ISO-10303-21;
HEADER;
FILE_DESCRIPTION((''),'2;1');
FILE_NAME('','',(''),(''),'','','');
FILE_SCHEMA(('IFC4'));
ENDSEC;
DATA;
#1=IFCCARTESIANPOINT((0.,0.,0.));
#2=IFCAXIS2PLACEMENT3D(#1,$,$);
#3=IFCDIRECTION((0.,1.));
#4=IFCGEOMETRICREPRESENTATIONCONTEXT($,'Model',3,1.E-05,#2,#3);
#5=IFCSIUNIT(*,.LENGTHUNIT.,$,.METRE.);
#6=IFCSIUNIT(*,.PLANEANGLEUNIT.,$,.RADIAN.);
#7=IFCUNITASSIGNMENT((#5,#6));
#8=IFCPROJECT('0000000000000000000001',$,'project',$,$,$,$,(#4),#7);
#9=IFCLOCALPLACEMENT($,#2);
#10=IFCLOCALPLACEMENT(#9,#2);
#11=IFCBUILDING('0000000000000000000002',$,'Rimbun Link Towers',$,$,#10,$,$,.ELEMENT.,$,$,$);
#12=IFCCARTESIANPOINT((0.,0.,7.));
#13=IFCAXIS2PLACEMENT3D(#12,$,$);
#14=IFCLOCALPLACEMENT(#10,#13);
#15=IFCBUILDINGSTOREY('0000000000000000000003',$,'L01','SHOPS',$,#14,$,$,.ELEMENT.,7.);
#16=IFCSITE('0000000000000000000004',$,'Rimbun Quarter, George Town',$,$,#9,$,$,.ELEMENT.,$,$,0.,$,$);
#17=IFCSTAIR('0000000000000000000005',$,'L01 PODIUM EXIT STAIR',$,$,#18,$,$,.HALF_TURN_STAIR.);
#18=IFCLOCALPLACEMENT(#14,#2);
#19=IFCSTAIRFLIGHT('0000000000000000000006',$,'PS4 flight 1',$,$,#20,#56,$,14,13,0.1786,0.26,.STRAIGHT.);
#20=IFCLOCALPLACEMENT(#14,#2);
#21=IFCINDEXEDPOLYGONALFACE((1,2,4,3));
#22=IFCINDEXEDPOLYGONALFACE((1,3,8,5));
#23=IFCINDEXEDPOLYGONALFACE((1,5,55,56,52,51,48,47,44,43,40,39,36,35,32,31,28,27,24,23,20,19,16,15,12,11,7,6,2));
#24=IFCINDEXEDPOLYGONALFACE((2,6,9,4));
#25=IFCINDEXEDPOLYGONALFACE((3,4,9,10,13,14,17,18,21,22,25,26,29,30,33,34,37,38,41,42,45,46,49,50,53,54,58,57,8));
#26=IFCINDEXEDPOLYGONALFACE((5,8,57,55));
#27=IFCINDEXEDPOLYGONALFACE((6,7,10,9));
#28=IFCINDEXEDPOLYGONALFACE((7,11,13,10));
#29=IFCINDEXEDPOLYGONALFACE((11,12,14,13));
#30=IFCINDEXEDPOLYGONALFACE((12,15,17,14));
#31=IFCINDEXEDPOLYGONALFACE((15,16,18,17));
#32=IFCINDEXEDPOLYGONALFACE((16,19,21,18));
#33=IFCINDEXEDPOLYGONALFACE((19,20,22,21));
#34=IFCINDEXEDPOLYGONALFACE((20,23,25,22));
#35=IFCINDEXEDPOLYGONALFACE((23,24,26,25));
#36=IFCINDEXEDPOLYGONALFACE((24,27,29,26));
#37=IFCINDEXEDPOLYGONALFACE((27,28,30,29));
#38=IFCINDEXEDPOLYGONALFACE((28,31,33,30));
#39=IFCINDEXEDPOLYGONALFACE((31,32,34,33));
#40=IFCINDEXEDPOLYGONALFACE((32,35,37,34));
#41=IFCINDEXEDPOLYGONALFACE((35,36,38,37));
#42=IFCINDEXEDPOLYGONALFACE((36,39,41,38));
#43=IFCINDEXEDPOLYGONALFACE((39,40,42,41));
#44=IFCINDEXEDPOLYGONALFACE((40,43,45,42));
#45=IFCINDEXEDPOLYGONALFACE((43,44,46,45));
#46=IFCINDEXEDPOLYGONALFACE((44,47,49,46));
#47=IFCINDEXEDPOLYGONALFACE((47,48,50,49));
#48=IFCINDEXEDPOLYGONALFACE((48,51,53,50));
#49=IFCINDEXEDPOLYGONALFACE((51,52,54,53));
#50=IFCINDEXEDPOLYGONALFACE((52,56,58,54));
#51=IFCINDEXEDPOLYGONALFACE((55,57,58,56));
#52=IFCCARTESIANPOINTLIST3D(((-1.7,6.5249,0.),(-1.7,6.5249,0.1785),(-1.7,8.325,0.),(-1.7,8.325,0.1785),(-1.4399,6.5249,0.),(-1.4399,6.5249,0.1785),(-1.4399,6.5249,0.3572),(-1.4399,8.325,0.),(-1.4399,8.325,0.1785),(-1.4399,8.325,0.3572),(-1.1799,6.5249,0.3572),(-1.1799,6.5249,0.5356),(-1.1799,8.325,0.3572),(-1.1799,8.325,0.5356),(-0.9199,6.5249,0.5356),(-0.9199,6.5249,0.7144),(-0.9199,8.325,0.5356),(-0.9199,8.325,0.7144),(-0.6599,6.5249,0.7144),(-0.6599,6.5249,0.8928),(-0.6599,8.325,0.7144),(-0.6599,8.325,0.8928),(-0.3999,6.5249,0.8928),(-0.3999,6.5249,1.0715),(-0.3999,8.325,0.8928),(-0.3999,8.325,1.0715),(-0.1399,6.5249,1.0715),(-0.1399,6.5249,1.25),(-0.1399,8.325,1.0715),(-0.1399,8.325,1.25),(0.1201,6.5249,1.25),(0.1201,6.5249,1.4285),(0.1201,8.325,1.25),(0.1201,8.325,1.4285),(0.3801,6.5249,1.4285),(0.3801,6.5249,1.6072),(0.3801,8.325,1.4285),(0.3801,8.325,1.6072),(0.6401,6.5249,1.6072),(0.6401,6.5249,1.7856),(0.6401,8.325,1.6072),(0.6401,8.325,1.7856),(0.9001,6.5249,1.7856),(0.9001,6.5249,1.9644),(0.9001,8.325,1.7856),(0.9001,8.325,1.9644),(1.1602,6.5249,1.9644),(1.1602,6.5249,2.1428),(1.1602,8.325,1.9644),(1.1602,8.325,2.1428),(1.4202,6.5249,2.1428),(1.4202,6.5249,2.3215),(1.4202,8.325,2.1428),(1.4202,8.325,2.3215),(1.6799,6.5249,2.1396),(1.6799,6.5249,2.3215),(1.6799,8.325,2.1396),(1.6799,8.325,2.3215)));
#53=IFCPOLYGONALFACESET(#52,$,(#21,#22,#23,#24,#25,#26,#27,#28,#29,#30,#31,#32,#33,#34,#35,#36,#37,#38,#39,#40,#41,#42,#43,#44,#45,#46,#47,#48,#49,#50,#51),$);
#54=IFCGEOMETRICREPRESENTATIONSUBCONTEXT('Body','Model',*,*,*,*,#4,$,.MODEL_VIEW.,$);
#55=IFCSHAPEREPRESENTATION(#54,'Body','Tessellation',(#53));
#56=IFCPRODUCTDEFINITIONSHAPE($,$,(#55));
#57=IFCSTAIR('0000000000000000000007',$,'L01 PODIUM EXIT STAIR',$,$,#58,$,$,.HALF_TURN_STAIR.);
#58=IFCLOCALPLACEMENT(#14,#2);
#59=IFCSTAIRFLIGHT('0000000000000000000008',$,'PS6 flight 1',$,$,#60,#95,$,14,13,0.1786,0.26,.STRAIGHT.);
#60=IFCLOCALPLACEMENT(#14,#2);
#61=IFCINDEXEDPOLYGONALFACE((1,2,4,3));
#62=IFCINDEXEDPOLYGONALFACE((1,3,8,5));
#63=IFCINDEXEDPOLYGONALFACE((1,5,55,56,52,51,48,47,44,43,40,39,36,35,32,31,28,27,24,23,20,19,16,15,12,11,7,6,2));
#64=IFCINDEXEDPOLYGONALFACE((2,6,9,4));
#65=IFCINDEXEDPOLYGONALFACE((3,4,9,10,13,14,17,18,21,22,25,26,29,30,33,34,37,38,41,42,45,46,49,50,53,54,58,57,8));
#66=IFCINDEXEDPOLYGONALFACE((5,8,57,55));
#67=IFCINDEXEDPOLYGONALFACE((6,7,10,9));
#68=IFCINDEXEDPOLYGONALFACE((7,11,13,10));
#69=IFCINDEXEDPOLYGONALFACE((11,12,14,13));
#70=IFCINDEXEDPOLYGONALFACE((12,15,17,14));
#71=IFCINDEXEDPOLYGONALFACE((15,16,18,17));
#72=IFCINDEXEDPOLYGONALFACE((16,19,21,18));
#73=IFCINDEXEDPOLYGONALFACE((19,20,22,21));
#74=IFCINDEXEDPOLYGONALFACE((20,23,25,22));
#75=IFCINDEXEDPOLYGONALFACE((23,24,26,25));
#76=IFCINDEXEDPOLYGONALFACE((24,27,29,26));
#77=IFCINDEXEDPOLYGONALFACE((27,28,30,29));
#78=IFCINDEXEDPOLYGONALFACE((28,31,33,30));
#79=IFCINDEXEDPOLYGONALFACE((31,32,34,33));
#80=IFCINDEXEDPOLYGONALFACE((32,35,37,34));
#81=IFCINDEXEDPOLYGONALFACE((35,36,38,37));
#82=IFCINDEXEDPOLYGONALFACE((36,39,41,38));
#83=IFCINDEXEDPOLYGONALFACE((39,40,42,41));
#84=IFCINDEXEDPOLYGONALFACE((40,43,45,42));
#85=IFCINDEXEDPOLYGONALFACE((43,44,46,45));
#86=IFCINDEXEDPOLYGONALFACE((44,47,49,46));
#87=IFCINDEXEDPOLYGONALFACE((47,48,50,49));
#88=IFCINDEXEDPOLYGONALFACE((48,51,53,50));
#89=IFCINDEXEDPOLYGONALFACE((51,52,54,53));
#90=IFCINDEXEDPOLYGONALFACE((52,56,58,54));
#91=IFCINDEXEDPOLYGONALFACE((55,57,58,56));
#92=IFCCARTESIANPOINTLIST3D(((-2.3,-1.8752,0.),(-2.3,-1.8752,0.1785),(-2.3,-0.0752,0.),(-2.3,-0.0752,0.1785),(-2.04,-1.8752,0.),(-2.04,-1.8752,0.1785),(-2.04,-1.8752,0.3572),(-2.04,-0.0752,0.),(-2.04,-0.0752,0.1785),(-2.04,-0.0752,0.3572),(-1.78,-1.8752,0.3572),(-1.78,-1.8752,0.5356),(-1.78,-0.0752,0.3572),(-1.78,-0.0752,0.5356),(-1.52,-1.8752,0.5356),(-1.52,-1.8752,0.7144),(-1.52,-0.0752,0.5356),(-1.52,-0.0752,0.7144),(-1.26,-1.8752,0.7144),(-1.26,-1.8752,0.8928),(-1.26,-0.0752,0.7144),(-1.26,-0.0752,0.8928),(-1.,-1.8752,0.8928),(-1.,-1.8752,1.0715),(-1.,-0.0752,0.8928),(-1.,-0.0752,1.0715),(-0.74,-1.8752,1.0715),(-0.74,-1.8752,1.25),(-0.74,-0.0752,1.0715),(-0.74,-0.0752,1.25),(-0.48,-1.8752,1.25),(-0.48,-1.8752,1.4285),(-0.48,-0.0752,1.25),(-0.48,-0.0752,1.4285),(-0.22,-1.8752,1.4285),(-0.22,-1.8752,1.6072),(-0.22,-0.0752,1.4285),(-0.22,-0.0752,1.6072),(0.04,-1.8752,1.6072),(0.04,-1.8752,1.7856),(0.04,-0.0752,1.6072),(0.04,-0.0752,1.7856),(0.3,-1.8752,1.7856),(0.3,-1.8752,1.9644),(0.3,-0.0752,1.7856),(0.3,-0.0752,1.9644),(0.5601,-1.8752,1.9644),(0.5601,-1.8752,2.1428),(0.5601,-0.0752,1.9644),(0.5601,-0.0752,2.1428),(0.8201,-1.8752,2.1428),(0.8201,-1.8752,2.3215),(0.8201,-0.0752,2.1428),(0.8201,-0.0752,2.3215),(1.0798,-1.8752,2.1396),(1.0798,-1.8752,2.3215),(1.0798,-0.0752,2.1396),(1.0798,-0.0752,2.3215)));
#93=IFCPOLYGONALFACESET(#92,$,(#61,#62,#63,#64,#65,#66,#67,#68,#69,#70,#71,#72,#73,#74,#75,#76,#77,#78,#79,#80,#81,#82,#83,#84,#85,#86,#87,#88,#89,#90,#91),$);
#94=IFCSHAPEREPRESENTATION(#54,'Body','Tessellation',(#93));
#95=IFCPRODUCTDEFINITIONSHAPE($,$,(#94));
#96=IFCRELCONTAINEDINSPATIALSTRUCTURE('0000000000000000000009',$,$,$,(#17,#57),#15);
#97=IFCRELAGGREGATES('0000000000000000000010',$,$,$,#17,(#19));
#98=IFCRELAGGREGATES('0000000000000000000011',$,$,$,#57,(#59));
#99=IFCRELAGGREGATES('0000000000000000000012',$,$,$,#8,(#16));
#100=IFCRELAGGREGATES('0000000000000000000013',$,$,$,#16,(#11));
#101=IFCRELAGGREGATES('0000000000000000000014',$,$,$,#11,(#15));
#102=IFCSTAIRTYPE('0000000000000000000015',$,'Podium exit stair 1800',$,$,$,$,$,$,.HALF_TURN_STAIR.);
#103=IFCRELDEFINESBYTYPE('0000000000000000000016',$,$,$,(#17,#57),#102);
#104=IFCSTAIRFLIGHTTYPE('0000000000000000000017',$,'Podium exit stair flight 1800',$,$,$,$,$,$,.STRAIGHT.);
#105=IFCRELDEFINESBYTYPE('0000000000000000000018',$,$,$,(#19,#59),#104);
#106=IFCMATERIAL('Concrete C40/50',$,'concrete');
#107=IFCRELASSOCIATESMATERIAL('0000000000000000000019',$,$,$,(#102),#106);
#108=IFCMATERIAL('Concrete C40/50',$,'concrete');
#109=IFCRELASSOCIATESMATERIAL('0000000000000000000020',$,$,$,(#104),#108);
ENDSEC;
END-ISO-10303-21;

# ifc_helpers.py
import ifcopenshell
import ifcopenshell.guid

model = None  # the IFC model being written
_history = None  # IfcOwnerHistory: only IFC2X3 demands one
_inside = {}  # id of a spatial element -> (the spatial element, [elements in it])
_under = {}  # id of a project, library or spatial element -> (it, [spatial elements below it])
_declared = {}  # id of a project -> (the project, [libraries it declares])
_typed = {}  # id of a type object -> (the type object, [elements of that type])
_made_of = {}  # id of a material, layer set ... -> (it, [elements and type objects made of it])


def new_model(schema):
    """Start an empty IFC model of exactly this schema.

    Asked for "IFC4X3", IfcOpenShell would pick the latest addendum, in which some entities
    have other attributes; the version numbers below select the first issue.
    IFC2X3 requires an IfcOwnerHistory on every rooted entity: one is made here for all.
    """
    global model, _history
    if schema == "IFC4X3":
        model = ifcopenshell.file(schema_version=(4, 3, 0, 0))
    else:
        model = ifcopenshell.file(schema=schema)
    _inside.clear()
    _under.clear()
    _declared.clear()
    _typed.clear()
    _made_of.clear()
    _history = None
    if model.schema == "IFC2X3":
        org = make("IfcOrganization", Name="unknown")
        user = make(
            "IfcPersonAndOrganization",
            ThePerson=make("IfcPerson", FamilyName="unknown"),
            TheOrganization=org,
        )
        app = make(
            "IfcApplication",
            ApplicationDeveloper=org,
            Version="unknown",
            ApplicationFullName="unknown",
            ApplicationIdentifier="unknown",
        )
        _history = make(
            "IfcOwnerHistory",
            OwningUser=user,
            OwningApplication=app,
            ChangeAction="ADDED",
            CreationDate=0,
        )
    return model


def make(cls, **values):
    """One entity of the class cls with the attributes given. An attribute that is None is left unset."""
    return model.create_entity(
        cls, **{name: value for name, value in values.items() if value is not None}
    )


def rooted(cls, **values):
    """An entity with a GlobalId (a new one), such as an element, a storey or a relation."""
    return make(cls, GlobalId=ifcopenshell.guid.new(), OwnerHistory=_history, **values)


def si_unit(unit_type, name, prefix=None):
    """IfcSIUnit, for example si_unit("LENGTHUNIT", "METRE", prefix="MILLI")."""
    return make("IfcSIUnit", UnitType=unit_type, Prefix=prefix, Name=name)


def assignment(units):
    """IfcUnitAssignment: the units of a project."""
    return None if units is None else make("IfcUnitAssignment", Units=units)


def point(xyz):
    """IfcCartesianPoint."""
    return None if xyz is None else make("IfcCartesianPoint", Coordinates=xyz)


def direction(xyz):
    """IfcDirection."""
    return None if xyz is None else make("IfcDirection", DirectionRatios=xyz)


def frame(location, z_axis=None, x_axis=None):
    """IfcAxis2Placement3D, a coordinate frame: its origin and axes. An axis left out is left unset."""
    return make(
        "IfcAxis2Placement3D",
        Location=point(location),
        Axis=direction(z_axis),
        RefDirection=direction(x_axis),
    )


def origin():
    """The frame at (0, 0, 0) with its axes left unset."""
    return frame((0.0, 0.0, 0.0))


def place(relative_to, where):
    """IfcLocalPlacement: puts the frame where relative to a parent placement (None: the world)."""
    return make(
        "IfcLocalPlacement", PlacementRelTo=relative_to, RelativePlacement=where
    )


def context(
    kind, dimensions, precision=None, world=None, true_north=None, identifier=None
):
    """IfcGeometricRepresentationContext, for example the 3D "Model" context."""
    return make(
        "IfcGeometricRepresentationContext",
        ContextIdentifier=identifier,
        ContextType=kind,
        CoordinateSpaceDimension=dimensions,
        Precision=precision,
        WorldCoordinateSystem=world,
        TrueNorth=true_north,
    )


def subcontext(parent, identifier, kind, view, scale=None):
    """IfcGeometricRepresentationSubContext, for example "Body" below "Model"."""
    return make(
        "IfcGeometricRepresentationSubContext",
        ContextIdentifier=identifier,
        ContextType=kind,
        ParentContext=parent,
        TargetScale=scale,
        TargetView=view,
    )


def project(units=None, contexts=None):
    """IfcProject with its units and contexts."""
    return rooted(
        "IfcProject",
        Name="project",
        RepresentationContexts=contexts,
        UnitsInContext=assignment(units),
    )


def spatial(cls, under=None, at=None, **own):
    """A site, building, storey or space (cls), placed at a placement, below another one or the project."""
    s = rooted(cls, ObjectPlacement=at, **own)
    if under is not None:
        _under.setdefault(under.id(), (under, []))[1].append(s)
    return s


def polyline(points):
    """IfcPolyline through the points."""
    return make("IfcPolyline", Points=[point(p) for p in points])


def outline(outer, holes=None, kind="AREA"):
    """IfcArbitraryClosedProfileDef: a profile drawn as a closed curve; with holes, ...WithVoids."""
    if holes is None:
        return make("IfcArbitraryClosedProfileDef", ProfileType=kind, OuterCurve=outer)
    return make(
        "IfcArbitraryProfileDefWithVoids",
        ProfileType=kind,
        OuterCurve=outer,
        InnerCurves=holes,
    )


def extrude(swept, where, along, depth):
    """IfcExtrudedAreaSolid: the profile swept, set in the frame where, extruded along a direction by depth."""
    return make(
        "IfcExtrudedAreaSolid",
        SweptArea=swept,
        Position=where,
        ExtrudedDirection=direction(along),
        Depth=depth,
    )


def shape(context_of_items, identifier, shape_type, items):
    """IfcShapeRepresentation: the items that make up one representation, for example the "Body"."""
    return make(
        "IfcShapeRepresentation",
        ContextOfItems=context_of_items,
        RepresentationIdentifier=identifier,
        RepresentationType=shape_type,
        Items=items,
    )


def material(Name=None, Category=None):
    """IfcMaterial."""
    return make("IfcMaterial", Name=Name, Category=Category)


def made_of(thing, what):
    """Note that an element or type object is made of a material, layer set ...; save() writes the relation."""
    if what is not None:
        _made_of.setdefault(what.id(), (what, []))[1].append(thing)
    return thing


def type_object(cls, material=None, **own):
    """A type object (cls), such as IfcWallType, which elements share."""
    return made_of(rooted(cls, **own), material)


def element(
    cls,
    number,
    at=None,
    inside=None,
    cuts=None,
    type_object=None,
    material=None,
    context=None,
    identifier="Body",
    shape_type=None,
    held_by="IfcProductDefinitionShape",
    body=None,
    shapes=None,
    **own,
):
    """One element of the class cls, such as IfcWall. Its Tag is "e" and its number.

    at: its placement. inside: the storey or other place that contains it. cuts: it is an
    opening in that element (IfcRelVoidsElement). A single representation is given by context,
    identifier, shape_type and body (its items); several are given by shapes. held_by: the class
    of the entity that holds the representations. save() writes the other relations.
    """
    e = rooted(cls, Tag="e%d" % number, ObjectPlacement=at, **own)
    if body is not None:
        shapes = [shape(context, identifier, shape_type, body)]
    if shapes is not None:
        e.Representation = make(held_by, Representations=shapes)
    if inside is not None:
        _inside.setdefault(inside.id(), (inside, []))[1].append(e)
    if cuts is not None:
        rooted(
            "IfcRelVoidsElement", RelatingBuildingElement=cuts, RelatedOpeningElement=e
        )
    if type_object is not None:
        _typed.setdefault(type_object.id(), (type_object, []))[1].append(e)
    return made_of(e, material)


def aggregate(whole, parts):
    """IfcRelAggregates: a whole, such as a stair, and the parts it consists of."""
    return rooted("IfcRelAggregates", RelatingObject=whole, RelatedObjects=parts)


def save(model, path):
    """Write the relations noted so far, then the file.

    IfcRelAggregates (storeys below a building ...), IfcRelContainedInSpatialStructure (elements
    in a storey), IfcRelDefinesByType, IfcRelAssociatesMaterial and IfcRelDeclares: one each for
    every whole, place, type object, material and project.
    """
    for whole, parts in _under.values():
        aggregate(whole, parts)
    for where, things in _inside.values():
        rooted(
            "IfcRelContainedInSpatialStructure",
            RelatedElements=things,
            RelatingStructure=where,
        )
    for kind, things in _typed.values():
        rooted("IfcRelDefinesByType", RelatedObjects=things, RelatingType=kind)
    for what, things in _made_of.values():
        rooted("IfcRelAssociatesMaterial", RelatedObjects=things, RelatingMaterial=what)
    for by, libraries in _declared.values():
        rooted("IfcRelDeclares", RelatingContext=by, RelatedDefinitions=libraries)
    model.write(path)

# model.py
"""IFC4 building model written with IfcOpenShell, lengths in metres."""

from ifc_helpers import new_model, si_unit, direction, frame, origin, place, context, subcontext, project, spatial, polyline, outline, extrude, material, type_object, element, aggregate, save


model = new_model("IFC4")

# Units and contexts
model_context = context("Model", 3, precision=1e-05, world=origin(), true_north=direction((0.0, 1.0)))
body_context = subcontext(model_context, "Body", "Model", "MODEL_VIEW")
ifc_project = project(units=[si_unit("LENGTHUNIT", "METRE"), si_unit("PLANEANGLEUNIT", "RADIAN")], contexts=[model_context])

# Site, building, storey
site_placement = place(None, origin())
site = spatial("IfcSite", under=ifc_project, at=site_placement, Name="Rimbun Quarter, George Town", CompositionType="ELEMENT", RefElevation=0.0)
building_placement = place(site_placement, origin())
building = spatial("IfcBuilding", under=site, at=building_placement, Name="Rimbun Link Towers", CompositionType="ELEMENT")
storey_placement = place(building_placement, frame((0.0, 0.0, 7.0)))
storey = spatial("IfcBuildingStorey", under=building, at=storey_placement, Name="L01", Description="SHOPS", CompositionType="ELEMENT", Elevation=7.0)

# Shared definitions
ifc_material_1 = material(Name="Concrete C40/50", Category="concrete")
stair_type_1 = type_object("IfcStairType", Name="Podium exit stair 1800", PredefinedType="HALF_TURN_STAIR", material=ifc_material_1)
ifc_material_2 = material(Name="Concrete C40/50", Category="concrete")
stair_flight_type = type_object("IfcStairFlightType", Name="Podium exit stair flight 1800", PredefinedType="STRAIGHT", material=ifc_material_2)

# Stairs, stair flights
stair_1_placement = place(storey_placement, origin())
stair_1 = element("IfcStair", 1, at=stair_1_placement, inside=storey, type_object=stair_type_1, Name="L01 PODIUM EXIT STAIR", PredefinedType="HALF_TURN_STAIR")
stair_flight_1_placement = place(storey_placement, frame((-1.7, 7.425, 0.0), z_axis=(0.0, 0.0, 1.0), x_axis=(1.0, 0.0, 0.0)))
stair_flight_1 = element("IfcStairFlight", 2, at=stair_flight_1_placement, type_object=stair_flight_type, Name="PS4 flight 1", NumberOfRisers=14, NumberOfTreads=13, PredefinedType="STRAIGHT", RiserHeight=0.1786, TreadLength=0.26, context=body_context, shape_type="SweptSolid", body=[
    extrude(outline(polyline([(0.0, 0.0), (0.0, 0.1785), (0.26, 0.1785), (0.26, 0.3572), (0.52, 0.3572), (0.52, 0.5356), (0.78, 0.5356), (0.78, 0.7144), (1.04, 0.7144), (1.04, 0.8928), (1.3, 0.8928), (1.3, 1.0715), (1.5601, 1.0715), (1.5601, 1.25), (1.8201, 1.25), (1.8201, 1.4285), (2.0801, 1.4285), (2.0801, 1.6072), (2.3401, 1.6072), (2.3401, 1.7856), (2.6001, 1.7856), (2.6001, 1.9644), (2.8601, 1.9644), (2.8601, 2.1428), (3.1201, 2.1428), (3.1201, 2.3215), (3.3799, 2.3215), (3.3799, 2.5), (3.3799, 2.1396), (0.26, 0.0), (0.0, 0.0)])), frame((0.0, 0.8999, 0.0), z_axis=(0.0, -1.0, 0.0), x_axis=(1.0, 0.0, 0.0)), (0.0, 0.0, 1.0), 1.8),
])
aggregate(stair_1, [stair_flight_1])
stair_2_placement = place(storey_placement, origin())
stair_2 = element("IfcStair", 3, at=stair_2_placement, inside=storey, type_object=stair_type_1, Name="L01 PODIUM EXIT STAIR", PredefinedType="HALF_TURN_STAIR")
stair_flight_2_placement = place(storey_placement, frame((-2.3, -0.9751, 0.0), z_axis=(0.0, 0.0, 1.0), x_axis=(1.0, 0.0, 0.0)))
stair_flight_2 = element("IfcStairFlight", 4, at=stair_flight_2_placement, type_object=stair_flight_type, Name="PS6 flight 1", NumberOfRisers=14, NumberOfTreads=13, PredefinedType="STRAIGHT", RiserHeight=0.1786, TreadLength=0.26, context=body_context, shape_type="SweptSolid", body=[
    extrude(outline(polyline([(0.0, 0.0), (0.0, 0.1785), (0.26, 0.1785), (0.26, 0.3572), (0.52, 0.3572), (0.52, 0.5356), (0.78, 0.5356), (0.78, 0.7144), (1.04, 0.7144), (1.04, 0.8928), (1.3, 0.8928), (1.3, 1.0715), (1.5601, 1.0715), (1.5601, 1.25), (1.8201, 1.25), (1.8201, 1.4285), (2.0801, 1.4285), (2.0801, 1.6072), (2.3401, 1.6072), (2.3401, 1.7856), (2.6001, 1.7856), (2.6001, 1.9644), (2.8601, 1.9644), (2.8601, 2.1428), (3.1201, 2.1428), (3.1201, 2.3215), (3.3799, 2.3215), (3.3799, 2.5), (3.3799, 2.1396), (0.26, 0.0), (0.0, 0.0)])), frame((0.0, 0.8999, 0.0), z_axis=(0.0, -1.0, 0.0), x_axis=(1.0, 0.0, 0.0)), (0.0, 0.0, 1.0), 1.8),
])
aggregate(stair_2, [stair_flight_2])

save(model, "model.ifc")
